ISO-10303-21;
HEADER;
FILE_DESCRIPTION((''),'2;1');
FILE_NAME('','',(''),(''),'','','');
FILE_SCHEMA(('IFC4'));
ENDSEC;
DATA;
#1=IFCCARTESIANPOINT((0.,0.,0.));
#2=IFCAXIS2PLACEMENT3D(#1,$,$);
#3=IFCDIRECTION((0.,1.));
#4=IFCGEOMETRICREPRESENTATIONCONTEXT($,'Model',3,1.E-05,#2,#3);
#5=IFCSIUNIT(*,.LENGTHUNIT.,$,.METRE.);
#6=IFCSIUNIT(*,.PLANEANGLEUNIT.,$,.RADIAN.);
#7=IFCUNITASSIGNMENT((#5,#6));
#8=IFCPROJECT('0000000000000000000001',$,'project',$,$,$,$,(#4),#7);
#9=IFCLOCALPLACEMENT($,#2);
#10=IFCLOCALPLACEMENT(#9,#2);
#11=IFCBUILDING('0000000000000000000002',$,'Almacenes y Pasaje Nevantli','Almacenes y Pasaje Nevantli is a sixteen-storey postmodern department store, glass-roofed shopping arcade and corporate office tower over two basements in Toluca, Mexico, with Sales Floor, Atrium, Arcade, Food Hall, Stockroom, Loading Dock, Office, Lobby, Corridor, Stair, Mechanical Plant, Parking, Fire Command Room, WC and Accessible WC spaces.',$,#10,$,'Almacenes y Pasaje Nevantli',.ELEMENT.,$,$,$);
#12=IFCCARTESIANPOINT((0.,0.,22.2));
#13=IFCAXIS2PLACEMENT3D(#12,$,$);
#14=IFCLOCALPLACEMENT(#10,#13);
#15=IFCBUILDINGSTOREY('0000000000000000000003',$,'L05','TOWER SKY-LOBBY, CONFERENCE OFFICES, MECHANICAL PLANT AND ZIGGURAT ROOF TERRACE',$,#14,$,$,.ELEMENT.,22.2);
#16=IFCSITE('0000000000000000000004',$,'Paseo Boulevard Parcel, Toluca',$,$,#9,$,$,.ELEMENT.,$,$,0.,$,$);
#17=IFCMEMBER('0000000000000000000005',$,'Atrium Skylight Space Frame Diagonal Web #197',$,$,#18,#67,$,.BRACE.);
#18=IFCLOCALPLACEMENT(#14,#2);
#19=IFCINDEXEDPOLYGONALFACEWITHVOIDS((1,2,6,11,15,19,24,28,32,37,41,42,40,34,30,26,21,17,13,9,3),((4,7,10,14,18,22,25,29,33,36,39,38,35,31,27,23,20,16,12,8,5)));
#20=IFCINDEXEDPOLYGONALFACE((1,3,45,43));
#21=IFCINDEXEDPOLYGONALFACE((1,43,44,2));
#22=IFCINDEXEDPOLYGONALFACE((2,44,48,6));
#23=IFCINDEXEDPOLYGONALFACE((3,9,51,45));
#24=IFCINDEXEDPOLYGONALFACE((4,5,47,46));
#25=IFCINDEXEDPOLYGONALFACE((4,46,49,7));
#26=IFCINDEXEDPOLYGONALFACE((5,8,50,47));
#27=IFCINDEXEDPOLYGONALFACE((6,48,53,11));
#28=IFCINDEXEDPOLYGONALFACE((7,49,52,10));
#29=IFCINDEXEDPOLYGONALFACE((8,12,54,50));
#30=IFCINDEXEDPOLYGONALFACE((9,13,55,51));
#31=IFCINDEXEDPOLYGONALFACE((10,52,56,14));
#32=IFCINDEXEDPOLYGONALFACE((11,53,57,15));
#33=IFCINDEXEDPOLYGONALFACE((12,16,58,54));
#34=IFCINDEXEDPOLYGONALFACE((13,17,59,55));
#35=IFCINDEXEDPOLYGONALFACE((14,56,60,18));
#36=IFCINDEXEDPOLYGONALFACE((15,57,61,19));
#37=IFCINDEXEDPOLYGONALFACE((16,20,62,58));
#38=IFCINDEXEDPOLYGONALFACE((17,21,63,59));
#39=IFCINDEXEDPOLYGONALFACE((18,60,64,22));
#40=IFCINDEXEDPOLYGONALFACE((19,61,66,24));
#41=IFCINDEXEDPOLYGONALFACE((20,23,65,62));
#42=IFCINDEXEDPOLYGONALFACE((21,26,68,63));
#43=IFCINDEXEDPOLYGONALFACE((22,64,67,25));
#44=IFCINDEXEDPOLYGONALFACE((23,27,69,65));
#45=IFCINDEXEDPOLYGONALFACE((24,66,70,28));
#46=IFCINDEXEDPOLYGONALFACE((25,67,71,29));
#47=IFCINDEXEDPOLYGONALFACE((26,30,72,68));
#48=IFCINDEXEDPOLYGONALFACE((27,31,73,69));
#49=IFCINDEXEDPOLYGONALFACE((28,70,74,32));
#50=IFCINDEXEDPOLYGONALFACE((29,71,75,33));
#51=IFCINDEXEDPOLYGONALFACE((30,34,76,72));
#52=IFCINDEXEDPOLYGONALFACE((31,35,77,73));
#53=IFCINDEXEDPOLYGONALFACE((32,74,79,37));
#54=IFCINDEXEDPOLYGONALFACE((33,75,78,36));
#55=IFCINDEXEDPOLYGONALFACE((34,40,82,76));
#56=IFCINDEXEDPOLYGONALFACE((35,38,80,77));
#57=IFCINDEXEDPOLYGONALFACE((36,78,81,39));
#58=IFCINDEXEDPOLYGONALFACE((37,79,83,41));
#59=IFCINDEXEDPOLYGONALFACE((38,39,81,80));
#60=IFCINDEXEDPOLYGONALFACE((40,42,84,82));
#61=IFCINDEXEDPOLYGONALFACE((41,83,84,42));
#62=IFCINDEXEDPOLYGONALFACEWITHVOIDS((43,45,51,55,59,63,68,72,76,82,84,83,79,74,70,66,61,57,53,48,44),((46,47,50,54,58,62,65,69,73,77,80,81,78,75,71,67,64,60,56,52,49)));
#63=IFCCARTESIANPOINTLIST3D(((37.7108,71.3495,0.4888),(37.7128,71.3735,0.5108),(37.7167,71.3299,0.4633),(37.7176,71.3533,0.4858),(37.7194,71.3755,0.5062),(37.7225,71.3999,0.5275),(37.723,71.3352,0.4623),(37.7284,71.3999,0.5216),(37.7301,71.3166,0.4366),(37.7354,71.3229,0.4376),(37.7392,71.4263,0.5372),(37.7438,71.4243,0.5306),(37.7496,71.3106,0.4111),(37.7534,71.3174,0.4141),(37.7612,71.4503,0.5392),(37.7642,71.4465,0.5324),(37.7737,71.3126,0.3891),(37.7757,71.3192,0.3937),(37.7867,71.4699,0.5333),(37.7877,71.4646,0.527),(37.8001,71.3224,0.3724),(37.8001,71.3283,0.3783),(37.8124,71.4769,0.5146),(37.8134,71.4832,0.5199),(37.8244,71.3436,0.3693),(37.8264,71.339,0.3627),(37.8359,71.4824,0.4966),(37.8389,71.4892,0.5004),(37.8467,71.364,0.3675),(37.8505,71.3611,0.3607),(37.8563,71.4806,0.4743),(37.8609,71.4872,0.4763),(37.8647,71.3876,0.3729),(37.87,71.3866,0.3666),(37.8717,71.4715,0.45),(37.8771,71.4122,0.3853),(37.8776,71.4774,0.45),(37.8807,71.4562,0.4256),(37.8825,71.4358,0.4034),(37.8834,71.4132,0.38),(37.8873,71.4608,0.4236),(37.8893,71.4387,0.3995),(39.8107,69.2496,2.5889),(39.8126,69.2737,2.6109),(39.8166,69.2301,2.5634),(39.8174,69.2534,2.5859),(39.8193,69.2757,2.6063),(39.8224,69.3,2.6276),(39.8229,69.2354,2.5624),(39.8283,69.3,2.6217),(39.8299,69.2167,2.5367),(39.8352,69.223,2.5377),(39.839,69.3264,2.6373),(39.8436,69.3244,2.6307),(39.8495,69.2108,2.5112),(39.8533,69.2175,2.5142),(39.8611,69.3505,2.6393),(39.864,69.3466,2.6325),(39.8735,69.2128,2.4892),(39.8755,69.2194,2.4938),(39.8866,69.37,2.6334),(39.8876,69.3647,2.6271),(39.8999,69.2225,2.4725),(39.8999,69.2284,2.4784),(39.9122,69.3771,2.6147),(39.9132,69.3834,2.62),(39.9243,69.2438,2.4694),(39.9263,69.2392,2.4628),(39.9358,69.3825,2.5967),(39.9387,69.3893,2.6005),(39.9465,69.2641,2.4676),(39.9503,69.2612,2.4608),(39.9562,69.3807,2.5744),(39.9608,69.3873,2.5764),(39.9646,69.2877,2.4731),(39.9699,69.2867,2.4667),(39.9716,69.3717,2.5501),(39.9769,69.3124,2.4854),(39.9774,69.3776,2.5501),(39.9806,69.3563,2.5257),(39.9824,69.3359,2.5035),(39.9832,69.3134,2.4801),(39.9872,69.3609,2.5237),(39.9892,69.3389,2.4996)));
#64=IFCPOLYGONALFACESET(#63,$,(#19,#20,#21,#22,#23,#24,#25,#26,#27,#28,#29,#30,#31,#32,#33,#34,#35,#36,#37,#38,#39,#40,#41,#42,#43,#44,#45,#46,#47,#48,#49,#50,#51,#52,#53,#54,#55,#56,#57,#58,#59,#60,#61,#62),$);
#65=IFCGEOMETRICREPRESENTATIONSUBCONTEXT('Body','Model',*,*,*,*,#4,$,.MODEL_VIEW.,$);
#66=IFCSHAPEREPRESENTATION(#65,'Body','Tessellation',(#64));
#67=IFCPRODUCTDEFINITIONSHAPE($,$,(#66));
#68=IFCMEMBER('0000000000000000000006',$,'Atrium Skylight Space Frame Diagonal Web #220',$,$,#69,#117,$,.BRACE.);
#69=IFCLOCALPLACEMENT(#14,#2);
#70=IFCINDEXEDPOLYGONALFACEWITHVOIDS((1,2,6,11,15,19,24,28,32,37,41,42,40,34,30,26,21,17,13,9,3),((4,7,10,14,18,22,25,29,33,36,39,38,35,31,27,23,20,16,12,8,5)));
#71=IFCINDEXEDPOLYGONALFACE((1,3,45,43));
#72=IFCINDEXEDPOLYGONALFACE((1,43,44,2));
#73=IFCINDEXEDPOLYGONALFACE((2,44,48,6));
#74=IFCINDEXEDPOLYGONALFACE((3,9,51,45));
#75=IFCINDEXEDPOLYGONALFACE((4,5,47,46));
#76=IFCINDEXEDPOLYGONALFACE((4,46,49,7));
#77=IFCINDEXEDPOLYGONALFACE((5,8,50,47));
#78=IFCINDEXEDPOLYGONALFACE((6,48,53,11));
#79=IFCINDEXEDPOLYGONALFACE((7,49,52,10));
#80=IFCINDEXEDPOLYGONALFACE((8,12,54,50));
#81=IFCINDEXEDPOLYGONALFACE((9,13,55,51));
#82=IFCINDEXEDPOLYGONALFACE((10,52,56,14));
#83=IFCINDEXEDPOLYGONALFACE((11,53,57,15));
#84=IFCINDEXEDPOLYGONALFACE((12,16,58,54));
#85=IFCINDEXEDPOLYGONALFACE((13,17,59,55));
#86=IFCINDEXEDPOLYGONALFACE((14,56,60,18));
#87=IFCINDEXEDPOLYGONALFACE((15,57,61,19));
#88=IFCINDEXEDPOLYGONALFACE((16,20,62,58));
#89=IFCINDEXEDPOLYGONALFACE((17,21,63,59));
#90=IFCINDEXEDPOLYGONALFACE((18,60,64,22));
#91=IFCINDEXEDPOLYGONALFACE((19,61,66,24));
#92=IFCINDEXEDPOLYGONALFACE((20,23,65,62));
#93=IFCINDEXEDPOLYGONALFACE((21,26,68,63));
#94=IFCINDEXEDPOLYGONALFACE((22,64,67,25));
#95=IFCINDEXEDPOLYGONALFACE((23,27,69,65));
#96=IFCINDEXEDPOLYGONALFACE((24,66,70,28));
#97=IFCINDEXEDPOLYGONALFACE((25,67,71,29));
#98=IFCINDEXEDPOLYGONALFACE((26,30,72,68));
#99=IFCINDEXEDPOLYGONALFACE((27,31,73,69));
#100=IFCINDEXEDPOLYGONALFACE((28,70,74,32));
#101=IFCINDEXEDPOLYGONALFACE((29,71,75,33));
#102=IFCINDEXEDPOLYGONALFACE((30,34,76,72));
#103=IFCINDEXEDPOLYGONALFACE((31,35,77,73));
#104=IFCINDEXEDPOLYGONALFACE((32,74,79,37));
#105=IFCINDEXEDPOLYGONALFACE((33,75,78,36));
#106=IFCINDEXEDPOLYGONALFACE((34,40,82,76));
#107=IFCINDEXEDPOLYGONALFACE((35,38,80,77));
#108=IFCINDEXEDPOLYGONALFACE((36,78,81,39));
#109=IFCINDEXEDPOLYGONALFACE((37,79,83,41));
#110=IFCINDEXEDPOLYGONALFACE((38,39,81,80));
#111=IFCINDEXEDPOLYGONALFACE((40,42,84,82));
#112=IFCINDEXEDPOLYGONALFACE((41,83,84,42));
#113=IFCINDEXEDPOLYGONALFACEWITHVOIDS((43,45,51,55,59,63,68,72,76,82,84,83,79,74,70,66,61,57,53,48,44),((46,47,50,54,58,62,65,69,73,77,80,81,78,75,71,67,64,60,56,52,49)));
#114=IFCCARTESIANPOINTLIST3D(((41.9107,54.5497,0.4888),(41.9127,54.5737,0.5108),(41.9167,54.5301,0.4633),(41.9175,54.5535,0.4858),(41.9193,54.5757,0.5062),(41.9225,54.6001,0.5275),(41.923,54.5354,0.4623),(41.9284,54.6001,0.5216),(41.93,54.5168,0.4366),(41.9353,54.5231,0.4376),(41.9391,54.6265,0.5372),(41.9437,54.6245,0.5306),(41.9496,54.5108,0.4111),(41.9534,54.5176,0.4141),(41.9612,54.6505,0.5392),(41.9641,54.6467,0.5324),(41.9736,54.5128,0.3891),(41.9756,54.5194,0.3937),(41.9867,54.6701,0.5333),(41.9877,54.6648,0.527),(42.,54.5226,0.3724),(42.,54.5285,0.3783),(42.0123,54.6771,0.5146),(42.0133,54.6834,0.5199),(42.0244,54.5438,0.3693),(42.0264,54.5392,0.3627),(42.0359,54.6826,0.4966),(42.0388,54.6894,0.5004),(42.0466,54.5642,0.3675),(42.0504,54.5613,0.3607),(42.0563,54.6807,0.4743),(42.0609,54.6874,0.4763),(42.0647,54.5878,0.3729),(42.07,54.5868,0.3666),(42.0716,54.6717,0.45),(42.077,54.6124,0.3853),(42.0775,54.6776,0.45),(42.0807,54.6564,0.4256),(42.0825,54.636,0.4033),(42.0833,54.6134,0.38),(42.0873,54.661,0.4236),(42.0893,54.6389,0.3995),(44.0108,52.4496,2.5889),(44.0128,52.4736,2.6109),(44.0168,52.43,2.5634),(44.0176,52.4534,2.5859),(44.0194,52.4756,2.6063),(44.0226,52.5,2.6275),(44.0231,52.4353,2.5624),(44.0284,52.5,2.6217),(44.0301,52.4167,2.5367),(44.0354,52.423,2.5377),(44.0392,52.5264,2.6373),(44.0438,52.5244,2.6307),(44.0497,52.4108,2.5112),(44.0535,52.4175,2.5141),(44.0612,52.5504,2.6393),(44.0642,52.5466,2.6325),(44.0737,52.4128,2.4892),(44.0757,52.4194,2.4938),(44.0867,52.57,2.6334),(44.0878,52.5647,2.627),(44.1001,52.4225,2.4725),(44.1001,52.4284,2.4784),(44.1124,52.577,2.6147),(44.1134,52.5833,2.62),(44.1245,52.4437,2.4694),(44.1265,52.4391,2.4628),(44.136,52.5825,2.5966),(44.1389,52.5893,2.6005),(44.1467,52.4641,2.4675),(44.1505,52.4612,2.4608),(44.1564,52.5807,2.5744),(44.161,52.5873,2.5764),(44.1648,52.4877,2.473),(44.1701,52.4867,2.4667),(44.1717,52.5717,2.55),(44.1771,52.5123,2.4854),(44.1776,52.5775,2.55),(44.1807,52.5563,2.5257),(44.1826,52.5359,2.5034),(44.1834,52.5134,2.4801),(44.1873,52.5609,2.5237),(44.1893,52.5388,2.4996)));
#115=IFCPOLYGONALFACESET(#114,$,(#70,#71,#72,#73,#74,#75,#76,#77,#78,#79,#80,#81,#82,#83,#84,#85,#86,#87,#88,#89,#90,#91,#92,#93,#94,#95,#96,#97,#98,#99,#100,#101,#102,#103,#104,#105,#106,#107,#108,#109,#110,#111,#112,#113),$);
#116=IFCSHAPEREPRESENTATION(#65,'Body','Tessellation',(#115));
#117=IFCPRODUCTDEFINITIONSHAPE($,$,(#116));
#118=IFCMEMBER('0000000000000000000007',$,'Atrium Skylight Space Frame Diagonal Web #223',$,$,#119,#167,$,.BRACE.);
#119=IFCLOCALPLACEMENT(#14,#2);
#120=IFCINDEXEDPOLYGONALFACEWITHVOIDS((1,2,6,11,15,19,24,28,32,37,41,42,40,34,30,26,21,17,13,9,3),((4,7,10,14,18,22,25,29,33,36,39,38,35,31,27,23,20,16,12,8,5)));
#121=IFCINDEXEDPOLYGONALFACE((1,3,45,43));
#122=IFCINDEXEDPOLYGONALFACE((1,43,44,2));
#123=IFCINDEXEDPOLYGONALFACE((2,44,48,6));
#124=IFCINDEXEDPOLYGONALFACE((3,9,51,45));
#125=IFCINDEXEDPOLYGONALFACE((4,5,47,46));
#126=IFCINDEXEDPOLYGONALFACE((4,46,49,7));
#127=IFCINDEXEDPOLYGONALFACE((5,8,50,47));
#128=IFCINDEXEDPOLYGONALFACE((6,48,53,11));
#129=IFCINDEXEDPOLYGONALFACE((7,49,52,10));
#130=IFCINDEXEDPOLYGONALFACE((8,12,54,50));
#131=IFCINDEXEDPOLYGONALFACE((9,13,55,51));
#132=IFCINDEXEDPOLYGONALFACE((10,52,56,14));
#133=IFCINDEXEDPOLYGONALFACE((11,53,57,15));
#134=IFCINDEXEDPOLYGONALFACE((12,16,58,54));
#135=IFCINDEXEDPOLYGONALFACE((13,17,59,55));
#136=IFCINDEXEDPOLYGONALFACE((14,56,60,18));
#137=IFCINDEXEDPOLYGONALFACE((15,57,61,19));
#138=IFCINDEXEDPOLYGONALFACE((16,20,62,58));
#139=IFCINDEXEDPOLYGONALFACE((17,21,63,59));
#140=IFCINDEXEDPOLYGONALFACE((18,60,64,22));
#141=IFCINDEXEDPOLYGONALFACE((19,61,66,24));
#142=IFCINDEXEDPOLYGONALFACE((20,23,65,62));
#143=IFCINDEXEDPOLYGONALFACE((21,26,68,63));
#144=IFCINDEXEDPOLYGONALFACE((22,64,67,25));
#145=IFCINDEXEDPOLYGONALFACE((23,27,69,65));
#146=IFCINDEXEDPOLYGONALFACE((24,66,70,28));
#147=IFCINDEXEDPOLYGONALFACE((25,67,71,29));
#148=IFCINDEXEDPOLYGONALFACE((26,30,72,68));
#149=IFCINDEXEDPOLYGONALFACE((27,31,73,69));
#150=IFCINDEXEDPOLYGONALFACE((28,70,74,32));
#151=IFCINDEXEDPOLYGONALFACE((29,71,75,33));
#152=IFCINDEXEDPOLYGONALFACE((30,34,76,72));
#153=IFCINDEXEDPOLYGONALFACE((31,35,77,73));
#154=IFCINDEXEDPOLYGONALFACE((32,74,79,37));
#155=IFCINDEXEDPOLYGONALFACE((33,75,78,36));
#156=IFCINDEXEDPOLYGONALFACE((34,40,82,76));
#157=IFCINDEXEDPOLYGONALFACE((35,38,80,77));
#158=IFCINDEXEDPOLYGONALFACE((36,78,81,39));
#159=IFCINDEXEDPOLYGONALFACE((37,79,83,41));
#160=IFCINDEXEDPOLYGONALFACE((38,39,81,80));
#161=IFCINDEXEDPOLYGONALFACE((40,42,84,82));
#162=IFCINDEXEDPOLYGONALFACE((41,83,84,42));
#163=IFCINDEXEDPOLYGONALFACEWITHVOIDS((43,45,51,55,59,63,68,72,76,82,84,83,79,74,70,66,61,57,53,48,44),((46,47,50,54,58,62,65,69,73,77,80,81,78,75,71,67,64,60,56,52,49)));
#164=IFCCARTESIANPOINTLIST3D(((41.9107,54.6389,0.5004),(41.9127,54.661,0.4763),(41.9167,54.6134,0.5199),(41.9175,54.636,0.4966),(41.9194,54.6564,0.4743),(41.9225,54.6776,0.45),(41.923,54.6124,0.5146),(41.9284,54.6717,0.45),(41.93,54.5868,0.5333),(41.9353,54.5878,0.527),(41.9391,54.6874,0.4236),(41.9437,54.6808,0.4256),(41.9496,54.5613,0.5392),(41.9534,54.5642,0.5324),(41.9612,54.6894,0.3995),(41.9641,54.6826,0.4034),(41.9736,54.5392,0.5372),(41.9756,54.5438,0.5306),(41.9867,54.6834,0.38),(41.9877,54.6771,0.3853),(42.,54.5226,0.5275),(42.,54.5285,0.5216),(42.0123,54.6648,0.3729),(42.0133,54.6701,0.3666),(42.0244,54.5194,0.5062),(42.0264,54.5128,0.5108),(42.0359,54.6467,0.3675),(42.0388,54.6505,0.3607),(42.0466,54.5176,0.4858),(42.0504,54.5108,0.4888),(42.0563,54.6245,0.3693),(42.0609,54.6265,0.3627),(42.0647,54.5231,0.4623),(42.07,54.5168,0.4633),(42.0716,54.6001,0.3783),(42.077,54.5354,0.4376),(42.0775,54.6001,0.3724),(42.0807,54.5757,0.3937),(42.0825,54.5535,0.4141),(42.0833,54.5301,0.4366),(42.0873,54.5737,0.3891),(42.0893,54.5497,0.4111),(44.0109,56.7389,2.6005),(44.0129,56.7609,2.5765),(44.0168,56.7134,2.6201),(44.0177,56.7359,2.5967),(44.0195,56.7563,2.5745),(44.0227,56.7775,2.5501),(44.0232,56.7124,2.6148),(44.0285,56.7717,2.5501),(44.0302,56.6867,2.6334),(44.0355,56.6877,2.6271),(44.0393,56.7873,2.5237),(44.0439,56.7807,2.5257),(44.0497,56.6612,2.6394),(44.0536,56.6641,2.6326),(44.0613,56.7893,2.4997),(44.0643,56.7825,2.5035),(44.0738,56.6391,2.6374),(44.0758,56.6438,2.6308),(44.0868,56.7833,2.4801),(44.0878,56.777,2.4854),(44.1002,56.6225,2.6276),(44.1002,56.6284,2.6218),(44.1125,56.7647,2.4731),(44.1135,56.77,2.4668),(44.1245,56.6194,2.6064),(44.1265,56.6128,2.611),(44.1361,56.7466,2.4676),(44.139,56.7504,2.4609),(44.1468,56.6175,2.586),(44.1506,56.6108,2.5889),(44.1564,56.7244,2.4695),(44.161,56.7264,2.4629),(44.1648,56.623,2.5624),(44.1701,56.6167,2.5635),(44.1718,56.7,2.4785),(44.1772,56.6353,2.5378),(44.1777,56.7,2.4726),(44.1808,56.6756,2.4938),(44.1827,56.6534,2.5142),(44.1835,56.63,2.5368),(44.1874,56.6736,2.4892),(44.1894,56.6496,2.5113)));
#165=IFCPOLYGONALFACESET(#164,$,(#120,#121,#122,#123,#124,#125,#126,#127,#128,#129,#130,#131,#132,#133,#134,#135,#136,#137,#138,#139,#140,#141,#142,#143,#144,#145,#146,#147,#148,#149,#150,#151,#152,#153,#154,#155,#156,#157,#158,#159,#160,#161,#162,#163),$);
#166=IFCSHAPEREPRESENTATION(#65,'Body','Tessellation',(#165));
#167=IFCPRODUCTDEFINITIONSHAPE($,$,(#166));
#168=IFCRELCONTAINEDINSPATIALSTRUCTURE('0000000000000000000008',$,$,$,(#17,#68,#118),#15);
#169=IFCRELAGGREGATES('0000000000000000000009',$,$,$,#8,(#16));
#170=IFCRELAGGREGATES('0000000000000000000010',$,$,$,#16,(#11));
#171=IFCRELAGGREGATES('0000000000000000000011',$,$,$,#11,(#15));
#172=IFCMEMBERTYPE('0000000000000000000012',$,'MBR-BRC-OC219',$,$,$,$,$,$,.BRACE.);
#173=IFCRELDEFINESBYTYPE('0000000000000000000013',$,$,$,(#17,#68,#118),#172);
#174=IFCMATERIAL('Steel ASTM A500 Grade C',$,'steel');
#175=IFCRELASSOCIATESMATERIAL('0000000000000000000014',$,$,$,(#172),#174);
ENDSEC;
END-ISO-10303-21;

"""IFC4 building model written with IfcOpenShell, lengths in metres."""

from ifc_helpers import new_model, si_unit, direction, frame, origin, origin_2d, place, context, subcontext, project, spatial, hollow_circle, extrude, material, material_profile, profile_set, type_object, element, save


model = new_model("IFC4")

# Units and contexts
model_context = context("Model", 3, precision=1e-05, world=origin(), true_north=direction((0.0, 1.0)))
body_context = subcontext(model_context, "Body", "Model", "MODEL_VIEW")
ifc_project = project(units=[si_unit("LENGTHUNIT", "METRE"), si_unit("PLANEANGLEUNIT", "RADIAN")], contexts=[model_context])

# Site, building, storey
site_placement = place(None, origin())
site = spatial("IfcSite", under=ifc_project, at=site_placement, Name="Paseo Boulevard Parcel, Toluca", CompositionType="ELEMENT", RefElevation=0.0)
building_placement = place(site_placement, origin())
building = spatial("IfcBuilding", under=site, at=building_placement, Name="Almacenes y Pasaje Nevantli", Description="Almacenes y Pasaje Nevantli is a sixteen-storey postmodern department store, glass-roofed shopping arcade and corporate office tower over two basements in Toluca, Mexico, with Sales Floor, Atrium, Arcade, Food Hall, Stockroom, Loading Dock, Office, Lobby, Corridor, Stair, Mechanical Plant, Parking, Fire Command Room, WC and Accessible WC spaces.", LongName="Almacenes y Pasaje Nevantli", CompositionType="ELEMENT")
storey_placement = place(building_placement, frame((0.0, 0.0, 22.2)))
storey = spatial("IfcBuildingStorey", under=building, at=storey_placement, Name="L05", Description="TOWER SKY-LOBBY, CONFERENCE OFFICES, MECHANICAL PLANT AND ZIGGURAT ROOF TERRACE", CompositionType="ELEMENT", Elevation=22.2)

# Members
ifc_material_1 = material(Name="Steel ASTM A500 Grade C", Category="steel")
ifc_material_profile_1 = material_profile(ifc_material_1, hollow_circle(Radius=0.1096, WallThickness=0.0083, at=origin_2d()), Name="OC 219x8.2")
ifc_profile_set_1 = profile_set([ifc_material_profile_1], Name="Steel ASTM A500 Grade C")
member_type_1 = type_object("IfcMemberType", Name="MBR-BRC-OC219", PredefinedType="BRACE", material=ifc_profile_set_1)
member_1_placement = place(storey_placement, frame((37.8, 71.3999, 0.45), z_axis=(0.577328, -0.577328, 0.577395), x_axis=(0.707107, 0.707107, 0.0)))
element("IfcMember", 1, at=member_1_placement, inside=storey, type_object=member_type_1, Name="Atrium Skylight Space Frame Diagonal Web #197", PredefinedType="BRACE", context=body_context, shape_type="SweptSolid", body=[
    extrude(hollow_circle(Radius=0.1096, WallThickness=0.0083, at=origin_2d()), origin(), (0.0, 0.0, 1.0), 3.6372),
])
for number, where, z_axis, x_axis, name in (
    (2, (42.0, 54.6001, 0.45), (0.57735, -0.57735, 0.57735), (0.707107, 0.707107, 0.0), "Atrium Skylight Space Frame Diagonal Web #220"),
    (3, (42.0, 54.6001, 0.45), (0.577373, 0.577306, 0.577373), (-0.707066, 0.707148, 0.0), "Atrium Skylight Space Frame Diagonal Web #223"),
):
    element("IfcMember", number, at=place(storey_placement, frame(where, z_axis=z_axis, x_axis=x_axis)), inside=storey, type_object=member_type_1, Name=name, PredefinedType="BRACE", context=body_context, shape_type="SweptSolid", body=[
        extrude(hollow_circle(Radius=0.1096, WallThickness=0.0083, at=origin_2d()), origin(), (0.0, 0.0, 1.0), 3.6375),
    ])

save(model, "model.ifc")
